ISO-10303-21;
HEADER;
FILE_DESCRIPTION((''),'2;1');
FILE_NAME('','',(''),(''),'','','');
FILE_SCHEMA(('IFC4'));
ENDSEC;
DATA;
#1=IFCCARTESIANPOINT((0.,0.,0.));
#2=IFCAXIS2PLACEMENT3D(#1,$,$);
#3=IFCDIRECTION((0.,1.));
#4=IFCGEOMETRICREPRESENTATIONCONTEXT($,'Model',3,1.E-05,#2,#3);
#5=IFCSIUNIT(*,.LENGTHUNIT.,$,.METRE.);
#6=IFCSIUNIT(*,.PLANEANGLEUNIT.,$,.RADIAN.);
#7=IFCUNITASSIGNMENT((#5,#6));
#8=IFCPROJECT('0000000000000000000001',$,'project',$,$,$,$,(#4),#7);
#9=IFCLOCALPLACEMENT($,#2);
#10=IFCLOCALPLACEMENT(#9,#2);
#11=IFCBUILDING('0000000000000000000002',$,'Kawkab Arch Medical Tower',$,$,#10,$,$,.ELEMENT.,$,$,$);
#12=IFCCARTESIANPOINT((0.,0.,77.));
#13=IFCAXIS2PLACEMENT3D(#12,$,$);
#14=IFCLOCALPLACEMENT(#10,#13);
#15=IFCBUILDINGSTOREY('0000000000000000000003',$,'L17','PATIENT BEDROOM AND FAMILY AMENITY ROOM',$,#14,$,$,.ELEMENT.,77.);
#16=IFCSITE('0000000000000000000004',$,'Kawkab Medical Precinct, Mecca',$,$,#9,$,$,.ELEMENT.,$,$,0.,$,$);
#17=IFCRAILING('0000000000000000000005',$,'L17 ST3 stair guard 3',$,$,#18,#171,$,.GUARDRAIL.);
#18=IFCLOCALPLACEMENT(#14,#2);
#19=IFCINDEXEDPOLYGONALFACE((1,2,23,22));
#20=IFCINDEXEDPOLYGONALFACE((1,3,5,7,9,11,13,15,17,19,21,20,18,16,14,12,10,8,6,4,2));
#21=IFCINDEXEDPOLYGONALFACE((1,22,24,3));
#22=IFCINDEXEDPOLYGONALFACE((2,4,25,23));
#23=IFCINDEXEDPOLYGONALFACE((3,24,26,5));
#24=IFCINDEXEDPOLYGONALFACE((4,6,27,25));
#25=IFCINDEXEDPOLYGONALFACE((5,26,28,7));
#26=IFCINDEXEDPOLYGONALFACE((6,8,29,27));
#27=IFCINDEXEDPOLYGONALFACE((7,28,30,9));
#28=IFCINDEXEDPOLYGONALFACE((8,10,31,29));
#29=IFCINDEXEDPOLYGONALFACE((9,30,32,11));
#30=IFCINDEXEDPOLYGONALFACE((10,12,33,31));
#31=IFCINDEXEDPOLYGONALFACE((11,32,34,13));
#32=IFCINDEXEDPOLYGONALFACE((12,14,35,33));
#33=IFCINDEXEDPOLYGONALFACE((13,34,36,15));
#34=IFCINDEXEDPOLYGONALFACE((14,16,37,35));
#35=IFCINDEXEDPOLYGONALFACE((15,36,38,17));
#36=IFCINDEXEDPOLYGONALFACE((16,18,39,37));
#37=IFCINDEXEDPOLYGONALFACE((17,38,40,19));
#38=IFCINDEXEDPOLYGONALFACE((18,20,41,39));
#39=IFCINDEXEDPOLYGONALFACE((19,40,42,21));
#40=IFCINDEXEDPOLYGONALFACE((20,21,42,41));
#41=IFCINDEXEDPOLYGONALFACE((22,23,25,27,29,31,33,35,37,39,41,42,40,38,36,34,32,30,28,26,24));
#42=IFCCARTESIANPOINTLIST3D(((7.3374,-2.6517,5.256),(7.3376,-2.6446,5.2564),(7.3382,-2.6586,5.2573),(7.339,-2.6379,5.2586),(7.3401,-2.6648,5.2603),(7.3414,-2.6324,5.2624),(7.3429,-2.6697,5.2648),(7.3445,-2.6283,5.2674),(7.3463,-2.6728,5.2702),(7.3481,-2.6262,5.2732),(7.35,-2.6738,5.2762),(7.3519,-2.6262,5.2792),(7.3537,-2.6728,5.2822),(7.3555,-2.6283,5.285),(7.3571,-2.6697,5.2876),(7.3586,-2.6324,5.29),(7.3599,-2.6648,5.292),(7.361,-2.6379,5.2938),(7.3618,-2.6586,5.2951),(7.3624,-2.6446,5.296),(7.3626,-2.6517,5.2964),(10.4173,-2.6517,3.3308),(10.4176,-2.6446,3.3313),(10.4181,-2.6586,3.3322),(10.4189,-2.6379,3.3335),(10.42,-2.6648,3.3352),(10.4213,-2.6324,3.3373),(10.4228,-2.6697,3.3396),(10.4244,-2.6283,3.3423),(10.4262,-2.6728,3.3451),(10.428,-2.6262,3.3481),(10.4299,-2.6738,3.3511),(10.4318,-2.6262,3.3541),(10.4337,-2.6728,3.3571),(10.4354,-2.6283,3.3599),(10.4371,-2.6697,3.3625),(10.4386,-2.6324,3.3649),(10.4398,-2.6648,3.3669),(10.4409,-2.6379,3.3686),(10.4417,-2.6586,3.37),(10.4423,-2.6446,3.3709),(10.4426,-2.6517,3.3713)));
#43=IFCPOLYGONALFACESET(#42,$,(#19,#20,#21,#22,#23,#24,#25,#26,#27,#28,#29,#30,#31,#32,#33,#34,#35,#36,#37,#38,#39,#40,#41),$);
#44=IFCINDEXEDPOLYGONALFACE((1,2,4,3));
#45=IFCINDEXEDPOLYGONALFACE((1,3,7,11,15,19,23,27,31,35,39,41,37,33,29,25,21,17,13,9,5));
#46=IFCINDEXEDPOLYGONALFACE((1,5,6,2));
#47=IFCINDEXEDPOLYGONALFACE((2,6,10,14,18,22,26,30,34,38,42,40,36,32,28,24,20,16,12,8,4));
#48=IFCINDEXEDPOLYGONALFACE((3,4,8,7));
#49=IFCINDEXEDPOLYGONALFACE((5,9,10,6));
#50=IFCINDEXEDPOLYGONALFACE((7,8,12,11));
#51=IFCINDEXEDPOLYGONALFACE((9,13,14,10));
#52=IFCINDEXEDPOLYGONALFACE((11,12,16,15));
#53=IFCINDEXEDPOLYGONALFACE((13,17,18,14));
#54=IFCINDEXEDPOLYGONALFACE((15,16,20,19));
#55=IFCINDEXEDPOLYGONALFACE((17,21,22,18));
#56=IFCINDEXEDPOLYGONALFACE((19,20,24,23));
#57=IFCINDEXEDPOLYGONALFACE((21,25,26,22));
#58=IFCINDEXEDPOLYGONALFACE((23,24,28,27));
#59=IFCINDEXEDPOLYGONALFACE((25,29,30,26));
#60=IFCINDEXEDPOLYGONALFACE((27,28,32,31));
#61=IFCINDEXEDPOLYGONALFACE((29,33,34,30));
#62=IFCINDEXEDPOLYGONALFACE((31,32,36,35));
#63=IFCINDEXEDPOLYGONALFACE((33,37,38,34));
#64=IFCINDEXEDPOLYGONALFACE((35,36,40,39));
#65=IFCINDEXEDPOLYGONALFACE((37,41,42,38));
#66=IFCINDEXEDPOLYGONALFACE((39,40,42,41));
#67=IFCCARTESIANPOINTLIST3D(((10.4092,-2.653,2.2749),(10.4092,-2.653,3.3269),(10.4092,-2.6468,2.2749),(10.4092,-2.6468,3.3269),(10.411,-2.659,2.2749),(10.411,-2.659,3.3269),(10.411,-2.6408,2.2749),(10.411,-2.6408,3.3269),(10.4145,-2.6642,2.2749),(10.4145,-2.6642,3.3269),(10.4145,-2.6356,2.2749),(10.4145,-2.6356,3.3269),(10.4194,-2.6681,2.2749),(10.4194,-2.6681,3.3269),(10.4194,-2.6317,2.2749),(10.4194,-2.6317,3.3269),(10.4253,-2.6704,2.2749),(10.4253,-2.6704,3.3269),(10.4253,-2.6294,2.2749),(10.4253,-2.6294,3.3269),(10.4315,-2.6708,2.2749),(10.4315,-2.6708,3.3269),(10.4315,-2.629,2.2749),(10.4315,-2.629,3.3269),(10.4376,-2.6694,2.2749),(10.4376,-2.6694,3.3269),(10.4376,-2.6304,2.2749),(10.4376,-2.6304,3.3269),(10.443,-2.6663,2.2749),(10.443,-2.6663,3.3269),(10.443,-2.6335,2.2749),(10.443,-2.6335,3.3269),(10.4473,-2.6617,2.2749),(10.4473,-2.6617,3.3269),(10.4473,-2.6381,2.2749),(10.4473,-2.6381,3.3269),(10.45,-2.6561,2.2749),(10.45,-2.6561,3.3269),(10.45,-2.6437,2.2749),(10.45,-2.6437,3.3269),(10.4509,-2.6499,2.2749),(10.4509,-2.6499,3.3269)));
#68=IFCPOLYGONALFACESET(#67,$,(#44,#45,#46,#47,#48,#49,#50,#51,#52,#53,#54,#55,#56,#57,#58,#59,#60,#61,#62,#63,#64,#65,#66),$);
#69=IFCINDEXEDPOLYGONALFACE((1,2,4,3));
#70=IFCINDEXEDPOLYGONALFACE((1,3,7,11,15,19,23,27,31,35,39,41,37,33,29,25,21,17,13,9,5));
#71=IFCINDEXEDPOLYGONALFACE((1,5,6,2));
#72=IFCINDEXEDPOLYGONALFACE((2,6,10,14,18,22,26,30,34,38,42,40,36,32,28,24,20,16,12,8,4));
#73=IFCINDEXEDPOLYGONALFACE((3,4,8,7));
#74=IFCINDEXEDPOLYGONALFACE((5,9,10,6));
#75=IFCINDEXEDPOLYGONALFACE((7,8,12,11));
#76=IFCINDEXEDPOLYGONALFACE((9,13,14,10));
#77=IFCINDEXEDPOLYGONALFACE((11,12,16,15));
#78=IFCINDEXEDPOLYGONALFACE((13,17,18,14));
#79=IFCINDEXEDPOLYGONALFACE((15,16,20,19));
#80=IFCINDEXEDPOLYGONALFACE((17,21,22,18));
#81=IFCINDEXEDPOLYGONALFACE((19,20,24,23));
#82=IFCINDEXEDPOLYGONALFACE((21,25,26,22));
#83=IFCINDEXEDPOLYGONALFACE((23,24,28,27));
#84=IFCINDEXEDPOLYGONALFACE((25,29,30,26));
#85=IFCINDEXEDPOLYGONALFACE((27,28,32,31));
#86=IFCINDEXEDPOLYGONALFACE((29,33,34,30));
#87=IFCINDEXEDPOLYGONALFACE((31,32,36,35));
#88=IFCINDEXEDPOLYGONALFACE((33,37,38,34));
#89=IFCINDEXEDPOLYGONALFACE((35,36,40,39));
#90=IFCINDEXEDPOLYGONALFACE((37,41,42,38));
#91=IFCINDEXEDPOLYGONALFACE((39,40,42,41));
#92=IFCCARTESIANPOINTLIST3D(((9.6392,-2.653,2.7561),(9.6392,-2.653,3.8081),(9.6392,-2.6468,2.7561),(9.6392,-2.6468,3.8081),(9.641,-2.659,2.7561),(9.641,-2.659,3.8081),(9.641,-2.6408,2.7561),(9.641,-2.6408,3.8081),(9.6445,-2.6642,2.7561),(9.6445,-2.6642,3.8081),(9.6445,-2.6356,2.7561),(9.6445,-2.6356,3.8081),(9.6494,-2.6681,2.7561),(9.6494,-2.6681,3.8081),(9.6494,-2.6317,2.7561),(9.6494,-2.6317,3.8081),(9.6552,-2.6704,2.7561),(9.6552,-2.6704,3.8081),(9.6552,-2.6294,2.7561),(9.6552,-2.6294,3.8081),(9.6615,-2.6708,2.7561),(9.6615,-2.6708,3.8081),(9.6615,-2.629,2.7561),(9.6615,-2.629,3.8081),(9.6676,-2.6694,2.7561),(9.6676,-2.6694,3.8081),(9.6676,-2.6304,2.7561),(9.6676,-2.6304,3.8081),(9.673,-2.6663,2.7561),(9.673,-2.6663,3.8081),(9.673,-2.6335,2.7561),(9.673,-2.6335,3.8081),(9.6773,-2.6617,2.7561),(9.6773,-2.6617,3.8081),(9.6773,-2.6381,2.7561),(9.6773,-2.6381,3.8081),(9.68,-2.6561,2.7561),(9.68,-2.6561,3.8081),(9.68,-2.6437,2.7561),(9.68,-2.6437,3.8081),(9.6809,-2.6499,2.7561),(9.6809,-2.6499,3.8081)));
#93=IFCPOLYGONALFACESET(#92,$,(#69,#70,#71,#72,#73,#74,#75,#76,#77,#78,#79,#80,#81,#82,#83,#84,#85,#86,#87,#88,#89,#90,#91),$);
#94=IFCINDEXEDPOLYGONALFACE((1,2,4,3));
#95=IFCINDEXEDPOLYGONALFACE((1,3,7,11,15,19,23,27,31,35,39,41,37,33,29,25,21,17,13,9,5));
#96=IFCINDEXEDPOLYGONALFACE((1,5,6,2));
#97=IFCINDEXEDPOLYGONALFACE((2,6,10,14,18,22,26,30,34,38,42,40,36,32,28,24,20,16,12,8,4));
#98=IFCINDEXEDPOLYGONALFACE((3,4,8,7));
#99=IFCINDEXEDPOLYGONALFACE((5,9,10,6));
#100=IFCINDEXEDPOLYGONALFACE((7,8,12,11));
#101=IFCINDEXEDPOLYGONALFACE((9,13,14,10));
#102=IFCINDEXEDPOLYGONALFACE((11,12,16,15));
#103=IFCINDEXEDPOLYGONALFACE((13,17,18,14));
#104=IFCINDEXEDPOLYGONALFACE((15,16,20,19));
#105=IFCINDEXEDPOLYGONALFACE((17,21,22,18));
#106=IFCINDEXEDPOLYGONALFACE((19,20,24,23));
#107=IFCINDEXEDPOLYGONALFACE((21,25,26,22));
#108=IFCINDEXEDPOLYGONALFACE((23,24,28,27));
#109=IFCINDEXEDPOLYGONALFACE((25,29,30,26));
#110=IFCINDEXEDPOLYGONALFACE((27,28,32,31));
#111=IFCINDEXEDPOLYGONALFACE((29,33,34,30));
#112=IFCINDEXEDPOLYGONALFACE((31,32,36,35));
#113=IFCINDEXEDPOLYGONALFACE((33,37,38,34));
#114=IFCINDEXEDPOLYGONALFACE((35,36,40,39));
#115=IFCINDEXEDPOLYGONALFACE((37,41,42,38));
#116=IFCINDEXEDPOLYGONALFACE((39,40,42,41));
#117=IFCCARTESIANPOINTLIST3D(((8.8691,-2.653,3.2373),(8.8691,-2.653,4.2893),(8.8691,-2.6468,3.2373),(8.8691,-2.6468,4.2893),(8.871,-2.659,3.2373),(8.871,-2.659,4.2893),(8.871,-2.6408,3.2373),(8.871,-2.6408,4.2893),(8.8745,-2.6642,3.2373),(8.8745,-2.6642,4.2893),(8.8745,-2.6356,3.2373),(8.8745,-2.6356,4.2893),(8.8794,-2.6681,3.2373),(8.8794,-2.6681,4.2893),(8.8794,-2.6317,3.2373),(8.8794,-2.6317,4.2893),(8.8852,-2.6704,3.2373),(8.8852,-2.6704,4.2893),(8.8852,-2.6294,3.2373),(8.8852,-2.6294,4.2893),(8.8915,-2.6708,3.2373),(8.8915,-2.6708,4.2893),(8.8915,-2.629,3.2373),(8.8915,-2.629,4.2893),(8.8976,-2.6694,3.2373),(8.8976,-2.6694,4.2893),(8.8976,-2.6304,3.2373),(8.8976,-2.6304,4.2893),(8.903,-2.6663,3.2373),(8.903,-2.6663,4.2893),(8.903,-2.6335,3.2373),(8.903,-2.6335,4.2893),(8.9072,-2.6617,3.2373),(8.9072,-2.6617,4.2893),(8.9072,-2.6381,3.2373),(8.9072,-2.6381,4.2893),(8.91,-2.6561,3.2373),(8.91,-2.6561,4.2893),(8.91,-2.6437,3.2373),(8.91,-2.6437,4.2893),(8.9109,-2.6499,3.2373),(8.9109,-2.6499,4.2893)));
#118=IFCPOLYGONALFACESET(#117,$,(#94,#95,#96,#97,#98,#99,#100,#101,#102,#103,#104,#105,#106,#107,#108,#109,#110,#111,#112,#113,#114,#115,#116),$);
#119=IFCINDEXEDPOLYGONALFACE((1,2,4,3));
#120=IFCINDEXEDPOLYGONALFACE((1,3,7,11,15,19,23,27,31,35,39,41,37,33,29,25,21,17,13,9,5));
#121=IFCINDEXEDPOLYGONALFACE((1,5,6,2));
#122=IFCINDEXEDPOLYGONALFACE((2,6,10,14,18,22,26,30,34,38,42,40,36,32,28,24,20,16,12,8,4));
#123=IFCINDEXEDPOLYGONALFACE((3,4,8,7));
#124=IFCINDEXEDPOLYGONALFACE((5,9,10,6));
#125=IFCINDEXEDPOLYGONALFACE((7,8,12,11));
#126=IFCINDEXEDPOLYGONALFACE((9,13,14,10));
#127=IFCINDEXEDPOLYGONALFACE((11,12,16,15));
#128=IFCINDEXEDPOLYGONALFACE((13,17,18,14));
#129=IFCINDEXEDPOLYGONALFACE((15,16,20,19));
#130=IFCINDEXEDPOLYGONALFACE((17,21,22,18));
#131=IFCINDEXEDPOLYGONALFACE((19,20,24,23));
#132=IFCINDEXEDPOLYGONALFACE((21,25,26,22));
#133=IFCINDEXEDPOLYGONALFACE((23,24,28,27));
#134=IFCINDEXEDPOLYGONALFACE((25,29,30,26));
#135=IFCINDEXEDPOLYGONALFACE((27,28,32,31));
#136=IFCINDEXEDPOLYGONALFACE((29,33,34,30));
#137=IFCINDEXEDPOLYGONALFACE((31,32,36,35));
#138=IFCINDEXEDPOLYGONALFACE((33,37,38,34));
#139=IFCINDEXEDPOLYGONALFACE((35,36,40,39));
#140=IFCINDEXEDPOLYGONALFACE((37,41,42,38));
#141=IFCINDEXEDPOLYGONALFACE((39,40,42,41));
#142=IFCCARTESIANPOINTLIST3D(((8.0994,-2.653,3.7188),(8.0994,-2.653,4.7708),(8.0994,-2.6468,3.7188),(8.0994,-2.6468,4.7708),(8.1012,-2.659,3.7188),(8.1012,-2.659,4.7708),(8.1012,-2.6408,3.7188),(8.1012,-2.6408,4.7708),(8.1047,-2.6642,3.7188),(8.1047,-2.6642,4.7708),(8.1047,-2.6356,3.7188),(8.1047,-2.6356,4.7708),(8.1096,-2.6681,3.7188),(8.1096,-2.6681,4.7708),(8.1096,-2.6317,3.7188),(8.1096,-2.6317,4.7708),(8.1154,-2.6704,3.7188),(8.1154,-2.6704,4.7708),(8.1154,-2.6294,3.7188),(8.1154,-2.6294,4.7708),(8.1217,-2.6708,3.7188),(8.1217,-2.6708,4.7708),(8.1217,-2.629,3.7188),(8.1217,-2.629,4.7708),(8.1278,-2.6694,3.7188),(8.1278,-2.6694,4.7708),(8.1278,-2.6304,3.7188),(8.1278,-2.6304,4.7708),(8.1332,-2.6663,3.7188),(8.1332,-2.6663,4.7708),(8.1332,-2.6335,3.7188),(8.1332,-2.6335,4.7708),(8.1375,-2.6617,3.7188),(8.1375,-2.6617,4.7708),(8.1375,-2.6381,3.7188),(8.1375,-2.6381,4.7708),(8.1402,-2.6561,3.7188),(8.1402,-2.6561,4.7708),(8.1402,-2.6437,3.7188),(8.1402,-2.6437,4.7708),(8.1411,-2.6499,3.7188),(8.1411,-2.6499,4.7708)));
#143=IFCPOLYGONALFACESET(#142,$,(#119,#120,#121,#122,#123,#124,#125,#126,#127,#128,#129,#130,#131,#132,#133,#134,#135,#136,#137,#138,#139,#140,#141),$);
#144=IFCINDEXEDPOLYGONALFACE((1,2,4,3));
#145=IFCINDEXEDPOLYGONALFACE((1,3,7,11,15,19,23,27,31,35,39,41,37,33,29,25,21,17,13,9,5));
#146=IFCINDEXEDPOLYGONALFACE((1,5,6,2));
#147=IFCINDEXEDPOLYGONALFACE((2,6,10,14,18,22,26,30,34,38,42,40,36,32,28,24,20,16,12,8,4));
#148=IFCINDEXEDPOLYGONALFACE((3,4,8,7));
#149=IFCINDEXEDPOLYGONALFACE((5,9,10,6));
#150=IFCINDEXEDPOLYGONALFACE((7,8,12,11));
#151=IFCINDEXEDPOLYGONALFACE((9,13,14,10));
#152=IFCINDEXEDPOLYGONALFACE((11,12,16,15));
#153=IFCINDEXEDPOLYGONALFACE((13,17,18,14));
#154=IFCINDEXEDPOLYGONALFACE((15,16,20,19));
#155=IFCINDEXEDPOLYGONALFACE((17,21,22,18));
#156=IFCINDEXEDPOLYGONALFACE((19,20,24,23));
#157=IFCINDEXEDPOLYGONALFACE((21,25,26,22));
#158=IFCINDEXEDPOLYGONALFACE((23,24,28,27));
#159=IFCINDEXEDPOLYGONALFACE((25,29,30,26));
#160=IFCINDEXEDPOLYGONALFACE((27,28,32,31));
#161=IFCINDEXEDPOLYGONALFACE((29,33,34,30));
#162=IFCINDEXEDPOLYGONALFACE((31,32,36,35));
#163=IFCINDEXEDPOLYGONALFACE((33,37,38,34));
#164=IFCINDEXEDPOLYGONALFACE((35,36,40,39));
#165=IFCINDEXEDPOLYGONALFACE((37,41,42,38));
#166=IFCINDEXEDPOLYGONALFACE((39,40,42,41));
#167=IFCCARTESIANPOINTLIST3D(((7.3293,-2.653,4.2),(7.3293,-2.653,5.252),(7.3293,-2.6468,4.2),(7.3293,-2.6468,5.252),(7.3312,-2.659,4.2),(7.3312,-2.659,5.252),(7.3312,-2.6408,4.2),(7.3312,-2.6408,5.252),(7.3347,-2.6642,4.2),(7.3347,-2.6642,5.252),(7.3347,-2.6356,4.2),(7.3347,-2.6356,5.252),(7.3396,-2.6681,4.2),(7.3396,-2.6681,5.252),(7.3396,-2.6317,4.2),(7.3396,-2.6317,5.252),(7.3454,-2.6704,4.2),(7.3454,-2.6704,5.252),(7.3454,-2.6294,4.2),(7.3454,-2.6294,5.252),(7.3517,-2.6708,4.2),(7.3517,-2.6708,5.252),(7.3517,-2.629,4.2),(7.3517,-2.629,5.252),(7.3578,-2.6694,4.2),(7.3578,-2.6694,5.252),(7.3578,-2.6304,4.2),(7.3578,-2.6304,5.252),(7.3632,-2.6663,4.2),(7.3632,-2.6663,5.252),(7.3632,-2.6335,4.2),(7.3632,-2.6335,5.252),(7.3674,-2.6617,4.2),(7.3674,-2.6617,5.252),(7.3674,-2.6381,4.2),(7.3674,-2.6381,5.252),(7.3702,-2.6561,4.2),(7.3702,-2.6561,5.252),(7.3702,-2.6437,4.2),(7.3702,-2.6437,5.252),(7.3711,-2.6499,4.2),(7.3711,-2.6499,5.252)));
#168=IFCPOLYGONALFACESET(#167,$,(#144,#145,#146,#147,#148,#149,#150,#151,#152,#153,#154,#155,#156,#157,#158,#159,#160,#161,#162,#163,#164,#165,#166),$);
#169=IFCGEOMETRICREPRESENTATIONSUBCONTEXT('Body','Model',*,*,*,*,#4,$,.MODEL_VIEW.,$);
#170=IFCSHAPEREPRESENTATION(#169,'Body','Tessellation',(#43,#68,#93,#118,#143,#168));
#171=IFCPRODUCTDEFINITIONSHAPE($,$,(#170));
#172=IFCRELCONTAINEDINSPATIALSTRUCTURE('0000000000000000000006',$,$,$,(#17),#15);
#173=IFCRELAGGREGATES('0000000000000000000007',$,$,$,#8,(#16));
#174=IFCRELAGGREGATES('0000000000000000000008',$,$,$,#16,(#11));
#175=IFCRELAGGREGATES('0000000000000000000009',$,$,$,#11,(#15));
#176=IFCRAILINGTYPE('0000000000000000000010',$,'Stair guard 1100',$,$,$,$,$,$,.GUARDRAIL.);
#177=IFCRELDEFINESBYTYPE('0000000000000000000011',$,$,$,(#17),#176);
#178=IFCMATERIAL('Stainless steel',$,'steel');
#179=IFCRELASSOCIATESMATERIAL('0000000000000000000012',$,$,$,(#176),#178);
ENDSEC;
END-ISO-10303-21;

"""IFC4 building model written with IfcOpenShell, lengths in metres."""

from ifc_helpers import new_model, si_unit, direction, frame, origin, origin_2d, place, context, subcontext, project, spatial, circle, extrude, material, type_object, element, save


model = new_model("IFC4")

# Units and contexts
model_context = context("Model", 3, precision=1e-05, world=origin(), true_north=direction((0.0, 1.0)))
body_context = subcontext(model_context, "Body", "Model", "MODEL_VIEW")
ifc_project = project(units=[si_unit("LENGTHUNIT", "METRE"), si_unit("PLANEANGLEUNIT", "RADIAN")], contexts=[model_context])

# Site, building, storey
site_placement = place(None, origin())
site = spatial("IfcSite", under=ifc_project, at=site_placement, Name="Kawkab Medical Precinct, Mecca", CompositionType="ELEMENT", RefElevation=0.0)
building_placement = place(site_placement, origin())
building = spatial("IfcBuilding", under=site, at=building_placement, Name="Kawkab Arch Medical Tower", CompositionType="ELEMENT")
storey_placement = place(building_placement, frame((0.0, 0.0, 77.0)))
storey = spatial("IfcBuildingStorey", under=building, at=storey_placement, Name="L17", Description="PATIENT BEDROOM AND FAMILY AMENITY ROOM", CompositionType="ELEMENT", Elevation=77.0)

# Railing
ifc_material_1 = material(Name="Stainless steel", Category="steel")
railing_type_1 = type_object("IfcRailingType", Name="Stair guard 1100", PredefinedType="GUARDRAIL", material=ifc_material_1)
railing_1_placement = place(storey_placement, frame((10.4299, -2.6499, 2.2749)))
element("IfcRailing", 1, at=railing_1_placement, inside=storey, type_object=railing_type_1, Name="L17 ST3 stair guard 3", PredefinedType="GUARDRAIL", context=body_context, shape_type="SweptSolid", body=[
    extrude(circle(Radius=0.0239, at=origin_2d()), frame((0.0, 0.0, 1.0762), z_axis=(-0.847979, 0.0, 0.530029), x_axis=(0.0, -1.0, 0.0)), (0.0, 0.0, 1.0), 3.6321),
    extrude(circle(Radius=0.021, at=origin_2d()), origin(), (0.0, 0.0, 1.0), 1.052),
    extrude(circle(Radius=0.021, at=origin_2d()), frame((-0.77, 0.0, 0.4812)), (0.0, 0.0, 1.0), 1.052),
    extrude(circle(Radius=0.021, at=origin_2d()), frame((-1.54, 0.0, 0.9624)), (0.0, 0.0, 1.0), 1.052),
    extrude(circle(Radius=0.021, at=origin_2d()), frame((-2.3098, 0.0, 1.4438)), (0.0, 0.0, 1.0), 1.052),
    extrude(circle(Radius=0.021, at=origin_2d()), frame((-3.0798, 0.0, 1.925)), (0.0, 0.0, 1.0), 1.052),
])

save(model, "model.ifc")
